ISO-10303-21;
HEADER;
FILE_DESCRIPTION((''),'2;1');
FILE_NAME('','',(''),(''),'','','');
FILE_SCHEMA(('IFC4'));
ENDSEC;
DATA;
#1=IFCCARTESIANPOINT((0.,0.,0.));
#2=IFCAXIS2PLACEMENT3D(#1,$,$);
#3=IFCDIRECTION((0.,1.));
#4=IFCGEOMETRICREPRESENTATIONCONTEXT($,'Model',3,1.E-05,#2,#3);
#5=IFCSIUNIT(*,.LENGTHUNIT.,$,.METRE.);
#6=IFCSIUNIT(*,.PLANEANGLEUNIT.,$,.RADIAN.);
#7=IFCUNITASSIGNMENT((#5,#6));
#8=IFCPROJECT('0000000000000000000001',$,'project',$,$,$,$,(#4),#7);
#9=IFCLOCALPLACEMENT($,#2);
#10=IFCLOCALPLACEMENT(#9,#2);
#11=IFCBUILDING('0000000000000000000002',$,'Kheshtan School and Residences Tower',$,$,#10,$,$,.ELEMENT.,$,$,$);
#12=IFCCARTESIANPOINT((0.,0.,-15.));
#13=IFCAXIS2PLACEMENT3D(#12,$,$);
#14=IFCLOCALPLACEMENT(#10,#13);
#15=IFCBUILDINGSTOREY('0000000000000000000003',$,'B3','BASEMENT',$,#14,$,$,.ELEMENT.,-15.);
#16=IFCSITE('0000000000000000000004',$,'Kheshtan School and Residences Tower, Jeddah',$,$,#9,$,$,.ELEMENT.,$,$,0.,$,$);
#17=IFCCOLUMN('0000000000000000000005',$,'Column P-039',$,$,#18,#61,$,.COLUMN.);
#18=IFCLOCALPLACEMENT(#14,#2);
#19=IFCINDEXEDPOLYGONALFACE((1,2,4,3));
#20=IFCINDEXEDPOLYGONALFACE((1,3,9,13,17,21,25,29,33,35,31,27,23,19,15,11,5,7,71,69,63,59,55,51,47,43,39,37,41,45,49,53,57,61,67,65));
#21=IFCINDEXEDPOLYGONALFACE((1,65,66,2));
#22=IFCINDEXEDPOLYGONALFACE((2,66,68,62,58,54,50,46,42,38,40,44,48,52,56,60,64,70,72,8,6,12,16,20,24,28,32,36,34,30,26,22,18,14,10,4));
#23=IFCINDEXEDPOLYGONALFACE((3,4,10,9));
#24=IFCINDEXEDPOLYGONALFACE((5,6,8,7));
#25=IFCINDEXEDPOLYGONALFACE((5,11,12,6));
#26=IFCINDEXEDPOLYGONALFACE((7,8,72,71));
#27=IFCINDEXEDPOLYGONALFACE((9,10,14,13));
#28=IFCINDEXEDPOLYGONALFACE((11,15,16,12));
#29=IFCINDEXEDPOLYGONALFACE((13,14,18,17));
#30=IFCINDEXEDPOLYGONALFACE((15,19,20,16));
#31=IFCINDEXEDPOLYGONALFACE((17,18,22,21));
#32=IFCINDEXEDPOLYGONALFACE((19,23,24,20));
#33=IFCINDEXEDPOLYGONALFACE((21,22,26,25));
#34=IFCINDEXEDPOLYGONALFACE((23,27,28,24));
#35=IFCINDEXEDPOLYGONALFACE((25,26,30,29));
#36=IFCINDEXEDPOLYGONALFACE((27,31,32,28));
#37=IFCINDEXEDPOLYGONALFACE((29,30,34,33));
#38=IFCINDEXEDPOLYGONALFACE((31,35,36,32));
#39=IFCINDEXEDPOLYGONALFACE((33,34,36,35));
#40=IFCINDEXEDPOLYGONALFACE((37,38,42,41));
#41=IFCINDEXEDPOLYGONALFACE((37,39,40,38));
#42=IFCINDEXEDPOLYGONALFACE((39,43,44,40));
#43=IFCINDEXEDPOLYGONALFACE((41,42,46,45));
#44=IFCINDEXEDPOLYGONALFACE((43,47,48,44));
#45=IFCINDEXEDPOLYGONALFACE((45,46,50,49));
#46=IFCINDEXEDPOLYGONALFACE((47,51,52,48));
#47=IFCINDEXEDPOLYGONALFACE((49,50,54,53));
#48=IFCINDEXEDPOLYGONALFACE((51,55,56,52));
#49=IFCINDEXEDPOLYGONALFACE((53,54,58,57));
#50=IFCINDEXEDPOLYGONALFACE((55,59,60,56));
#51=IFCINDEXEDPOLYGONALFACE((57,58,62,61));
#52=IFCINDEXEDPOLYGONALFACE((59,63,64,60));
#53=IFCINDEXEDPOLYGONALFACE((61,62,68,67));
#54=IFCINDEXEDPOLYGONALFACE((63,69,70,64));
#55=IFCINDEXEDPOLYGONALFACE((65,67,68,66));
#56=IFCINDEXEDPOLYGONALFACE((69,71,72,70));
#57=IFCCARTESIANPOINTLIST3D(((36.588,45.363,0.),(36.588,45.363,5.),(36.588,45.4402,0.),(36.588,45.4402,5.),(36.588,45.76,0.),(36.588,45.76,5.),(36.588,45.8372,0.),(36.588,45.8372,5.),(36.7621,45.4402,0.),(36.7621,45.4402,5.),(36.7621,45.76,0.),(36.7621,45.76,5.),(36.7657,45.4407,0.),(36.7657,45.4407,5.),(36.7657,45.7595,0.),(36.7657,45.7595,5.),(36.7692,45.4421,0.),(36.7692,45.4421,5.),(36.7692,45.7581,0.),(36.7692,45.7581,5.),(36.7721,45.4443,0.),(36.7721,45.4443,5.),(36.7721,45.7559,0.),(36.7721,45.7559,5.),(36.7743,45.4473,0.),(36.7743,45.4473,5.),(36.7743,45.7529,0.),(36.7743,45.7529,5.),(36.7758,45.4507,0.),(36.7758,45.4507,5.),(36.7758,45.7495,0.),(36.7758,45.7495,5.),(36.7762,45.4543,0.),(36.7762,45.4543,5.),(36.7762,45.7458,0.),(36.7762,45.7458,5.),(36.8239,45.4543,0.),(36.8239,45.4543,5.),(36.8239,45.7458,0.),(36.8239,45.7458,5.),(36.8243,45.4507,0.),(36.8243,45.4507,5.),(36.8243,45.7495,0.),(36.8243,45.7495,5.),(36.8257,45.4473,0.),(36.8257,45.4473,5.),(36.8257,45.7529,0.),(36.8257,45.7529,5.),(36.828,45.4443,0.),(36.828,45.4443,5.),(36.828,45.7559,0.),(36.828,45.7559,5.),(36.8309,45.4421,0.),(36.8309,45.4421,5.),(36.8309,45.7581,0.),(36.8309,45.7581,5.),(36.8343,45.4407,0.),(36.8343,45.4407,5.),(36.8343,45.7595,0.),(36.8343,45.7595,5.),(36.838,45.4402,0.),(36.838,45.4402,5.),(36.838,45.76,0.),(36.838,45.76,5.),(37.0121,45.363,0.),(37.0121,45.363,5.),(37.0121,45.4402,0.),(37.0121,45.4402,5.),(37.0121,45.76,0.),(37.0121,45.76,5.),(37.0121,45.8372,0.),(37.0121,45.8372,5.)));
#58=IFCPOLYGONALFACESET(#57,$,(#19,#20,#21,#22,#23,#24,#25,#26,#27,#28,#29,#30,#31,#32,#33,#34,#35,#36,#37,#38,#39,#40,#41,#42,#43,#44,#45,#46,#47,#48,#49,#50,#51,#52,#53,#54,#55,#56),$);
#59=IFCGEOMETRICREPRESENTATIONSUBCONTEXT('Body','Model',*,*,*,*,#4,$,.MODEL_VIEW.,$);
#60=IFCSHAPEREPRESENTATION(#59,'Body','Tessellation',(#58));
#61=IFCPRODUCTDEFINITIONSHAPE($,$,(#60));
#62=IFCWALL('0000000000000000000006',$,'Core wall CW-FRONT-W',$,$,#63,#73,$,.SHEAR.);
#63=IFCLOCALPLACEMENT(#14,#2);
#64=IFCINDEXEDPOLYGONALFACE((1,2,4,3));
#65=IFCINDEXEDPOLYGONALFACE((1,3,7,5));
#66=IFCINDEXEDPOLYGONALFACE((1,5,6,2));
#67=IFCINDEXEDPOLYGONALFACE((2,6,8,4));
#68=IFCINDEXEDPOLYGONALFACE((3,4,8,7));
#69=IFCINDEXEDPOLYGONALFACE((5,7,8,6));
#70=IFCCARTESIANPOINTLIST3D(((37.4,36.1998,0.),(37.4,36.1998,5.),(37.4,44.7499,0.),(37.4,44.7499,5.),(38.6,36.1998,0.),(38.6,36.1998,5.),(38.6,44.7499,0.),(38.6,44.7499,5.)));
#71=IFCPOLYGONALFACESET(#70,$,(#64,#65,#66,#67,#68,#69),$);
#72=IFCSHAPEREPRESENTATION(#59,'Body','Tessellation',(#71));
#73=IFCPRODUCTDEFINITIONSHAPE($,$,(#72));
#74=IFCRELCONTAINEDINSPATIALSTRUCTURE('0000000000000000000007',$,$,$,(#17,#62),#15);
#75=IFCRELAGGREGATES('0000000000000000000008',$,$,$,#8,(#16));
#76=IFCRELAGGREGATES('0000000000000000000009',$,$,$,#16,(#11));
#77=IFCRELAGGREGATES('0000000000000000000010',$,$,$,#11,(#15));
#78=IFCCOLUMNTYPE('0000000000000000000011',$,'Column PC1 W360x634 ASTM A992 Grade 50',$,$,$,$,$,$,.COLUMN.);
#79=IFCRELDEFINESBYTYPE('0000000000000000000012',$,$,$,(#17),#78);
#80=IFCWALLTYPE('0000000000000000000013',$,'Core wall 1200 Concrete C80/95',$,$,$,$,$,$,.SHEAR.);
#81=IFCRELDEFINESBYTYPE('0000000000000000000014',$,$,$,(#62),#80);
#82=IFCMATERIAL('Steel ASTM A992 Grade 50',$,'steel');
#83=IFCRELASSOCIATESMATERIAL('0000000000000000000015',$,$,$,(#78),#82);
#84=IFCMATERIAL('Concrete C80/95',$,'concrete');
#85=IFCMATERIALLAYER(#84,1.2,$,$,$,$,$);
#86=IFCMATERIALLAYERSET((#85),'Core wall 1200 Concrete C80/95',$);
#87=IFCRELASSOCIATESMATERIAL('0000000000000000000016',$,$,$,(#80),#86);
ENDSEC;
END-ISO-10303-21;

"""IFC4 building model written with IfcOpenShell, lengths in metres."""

from ifc_helpers import new_model, si_unit, direction, frame, frame_2d, origin, origin_2d, place, context, subcontext, project, spatial, rectangle, i_section, extrude, material, layer, layer_set, material_profile, profile_set, type_object, element, save


model = new_model("IFC4")

# Units and contexts
model_context = context("Model", 3, precision=1e-05, world=origin(), true_north=direction((0.0, 1.0)))
body_context = subcontext(model_context, "Body", "Model", "MODEL_VIEW")
ifc_project = project(units=[si_unit("LENGTHUNIT", "METRE"), si_unit("PLANEANGLEUNIT", "RADIAN")], contexts=[model_context])

# Site, building, storey
site_placement = place(None, origin())
site = spatial("IfcSite", under=ifc_project, at=site_placement, Name="Kheshtan School and Residences Tower, Jeddah", CompositionType="ELEMENT", RefElevation=0.0)
building_placement = place(site_placement, origin())
building = spatial("IfcBuilding", under=site, at=building_placement, Name="Kheshtan School and Residences Tower", CompositionType="ELEMENT")
storey_placement = place(building_placement, frame((0.0, 0.0, -15.0)))
storey = spatial("IfcBuildingStorey", under=building, at=storey_placement, Name="B3", Description="BASEMENT", CompositionType="ELEMENT", Elevation=-15.0)

# Column
ifc_material_1 = material(Name="Steel ASTM A992 Grade 50", Category="steel")
ifc_material_profile_1 = material_profile(ifc_material_1, i_section(OverallWidth=0.4241, OverallDepth=0.4741, WebThickness=0.0476, FlangeThickness=0.0771, FilletRadius=0.0142, at=origin_2d()), Name="W360x634")
ifc_profile_set_1 = profile_set([ifc_material_profile_1], Name="Steel ASTM A992 Grade 50")
column_type = type_object("IfcColumnType", Name="Column PC1 W360x634 ASTM A992 Grade 50", PredefinedType="COLUMN", material=ifc_profile_set_1)
column_placement = place(storey_placement, frame((36.8, 45.6001, 0.0), z_axis=(0.0, 0.0, 1.0), x_axis=(1.0, 0.0, 0.0)))
element("IfcColumn", 1, at=column_placement, inside=storey, type_object=column_type, Name="Column P-039", PredefinedType="COLUMN", context=body_context, shape_type="SweptSolid", body=[
    extrude(i_section(OverallWidth=0.4241, OverallDepth=0.4741, WebThickness=0.0476, FlangeThickness=0.0771, FilletRadius=0.0142, at=origin_2d()), origin(), (0.0, 0.0, 1.0), 5.0),
])

# Wall
ifc_material_2 = material(Name="Concrete C80/95", Category="concrete")
ifc_layer_1 = layer(ifc_material_2, 1.2)
ifc_layer_set_1 = layer_set([ifc_layer_1], Name="Core wall 1200 Concrete C80/95")
wall_type_1 = type_object("IfcWallType", Name="Core wall 1200 Concrete C80/95", PredefinedType="SHEAR", material=ifc_layer_set_1)
wall_1_placement = place(storey_placement, frame((38.0, 36.2, 0.0), z_axis=(0.0, 0.0, 1.0), x_axis=(0.0, 1.0, 0.0)))
element("IfcWall", 2, at=wall_1_placement, inside=storey, type_object=wall_type_1, Name="Core wall CW-FRONT-W", PredefinedType="SHEAR", context=body_context, shape_type="SweptSolid", body=[
    extrude(rectangle(XDim=8.55, YDim=1.2, at=frame_2d((4.2749, 0.0))), origin(), (0.0, 0.0, 1.0), 5.0),
])

save(model, "model.ifc")
